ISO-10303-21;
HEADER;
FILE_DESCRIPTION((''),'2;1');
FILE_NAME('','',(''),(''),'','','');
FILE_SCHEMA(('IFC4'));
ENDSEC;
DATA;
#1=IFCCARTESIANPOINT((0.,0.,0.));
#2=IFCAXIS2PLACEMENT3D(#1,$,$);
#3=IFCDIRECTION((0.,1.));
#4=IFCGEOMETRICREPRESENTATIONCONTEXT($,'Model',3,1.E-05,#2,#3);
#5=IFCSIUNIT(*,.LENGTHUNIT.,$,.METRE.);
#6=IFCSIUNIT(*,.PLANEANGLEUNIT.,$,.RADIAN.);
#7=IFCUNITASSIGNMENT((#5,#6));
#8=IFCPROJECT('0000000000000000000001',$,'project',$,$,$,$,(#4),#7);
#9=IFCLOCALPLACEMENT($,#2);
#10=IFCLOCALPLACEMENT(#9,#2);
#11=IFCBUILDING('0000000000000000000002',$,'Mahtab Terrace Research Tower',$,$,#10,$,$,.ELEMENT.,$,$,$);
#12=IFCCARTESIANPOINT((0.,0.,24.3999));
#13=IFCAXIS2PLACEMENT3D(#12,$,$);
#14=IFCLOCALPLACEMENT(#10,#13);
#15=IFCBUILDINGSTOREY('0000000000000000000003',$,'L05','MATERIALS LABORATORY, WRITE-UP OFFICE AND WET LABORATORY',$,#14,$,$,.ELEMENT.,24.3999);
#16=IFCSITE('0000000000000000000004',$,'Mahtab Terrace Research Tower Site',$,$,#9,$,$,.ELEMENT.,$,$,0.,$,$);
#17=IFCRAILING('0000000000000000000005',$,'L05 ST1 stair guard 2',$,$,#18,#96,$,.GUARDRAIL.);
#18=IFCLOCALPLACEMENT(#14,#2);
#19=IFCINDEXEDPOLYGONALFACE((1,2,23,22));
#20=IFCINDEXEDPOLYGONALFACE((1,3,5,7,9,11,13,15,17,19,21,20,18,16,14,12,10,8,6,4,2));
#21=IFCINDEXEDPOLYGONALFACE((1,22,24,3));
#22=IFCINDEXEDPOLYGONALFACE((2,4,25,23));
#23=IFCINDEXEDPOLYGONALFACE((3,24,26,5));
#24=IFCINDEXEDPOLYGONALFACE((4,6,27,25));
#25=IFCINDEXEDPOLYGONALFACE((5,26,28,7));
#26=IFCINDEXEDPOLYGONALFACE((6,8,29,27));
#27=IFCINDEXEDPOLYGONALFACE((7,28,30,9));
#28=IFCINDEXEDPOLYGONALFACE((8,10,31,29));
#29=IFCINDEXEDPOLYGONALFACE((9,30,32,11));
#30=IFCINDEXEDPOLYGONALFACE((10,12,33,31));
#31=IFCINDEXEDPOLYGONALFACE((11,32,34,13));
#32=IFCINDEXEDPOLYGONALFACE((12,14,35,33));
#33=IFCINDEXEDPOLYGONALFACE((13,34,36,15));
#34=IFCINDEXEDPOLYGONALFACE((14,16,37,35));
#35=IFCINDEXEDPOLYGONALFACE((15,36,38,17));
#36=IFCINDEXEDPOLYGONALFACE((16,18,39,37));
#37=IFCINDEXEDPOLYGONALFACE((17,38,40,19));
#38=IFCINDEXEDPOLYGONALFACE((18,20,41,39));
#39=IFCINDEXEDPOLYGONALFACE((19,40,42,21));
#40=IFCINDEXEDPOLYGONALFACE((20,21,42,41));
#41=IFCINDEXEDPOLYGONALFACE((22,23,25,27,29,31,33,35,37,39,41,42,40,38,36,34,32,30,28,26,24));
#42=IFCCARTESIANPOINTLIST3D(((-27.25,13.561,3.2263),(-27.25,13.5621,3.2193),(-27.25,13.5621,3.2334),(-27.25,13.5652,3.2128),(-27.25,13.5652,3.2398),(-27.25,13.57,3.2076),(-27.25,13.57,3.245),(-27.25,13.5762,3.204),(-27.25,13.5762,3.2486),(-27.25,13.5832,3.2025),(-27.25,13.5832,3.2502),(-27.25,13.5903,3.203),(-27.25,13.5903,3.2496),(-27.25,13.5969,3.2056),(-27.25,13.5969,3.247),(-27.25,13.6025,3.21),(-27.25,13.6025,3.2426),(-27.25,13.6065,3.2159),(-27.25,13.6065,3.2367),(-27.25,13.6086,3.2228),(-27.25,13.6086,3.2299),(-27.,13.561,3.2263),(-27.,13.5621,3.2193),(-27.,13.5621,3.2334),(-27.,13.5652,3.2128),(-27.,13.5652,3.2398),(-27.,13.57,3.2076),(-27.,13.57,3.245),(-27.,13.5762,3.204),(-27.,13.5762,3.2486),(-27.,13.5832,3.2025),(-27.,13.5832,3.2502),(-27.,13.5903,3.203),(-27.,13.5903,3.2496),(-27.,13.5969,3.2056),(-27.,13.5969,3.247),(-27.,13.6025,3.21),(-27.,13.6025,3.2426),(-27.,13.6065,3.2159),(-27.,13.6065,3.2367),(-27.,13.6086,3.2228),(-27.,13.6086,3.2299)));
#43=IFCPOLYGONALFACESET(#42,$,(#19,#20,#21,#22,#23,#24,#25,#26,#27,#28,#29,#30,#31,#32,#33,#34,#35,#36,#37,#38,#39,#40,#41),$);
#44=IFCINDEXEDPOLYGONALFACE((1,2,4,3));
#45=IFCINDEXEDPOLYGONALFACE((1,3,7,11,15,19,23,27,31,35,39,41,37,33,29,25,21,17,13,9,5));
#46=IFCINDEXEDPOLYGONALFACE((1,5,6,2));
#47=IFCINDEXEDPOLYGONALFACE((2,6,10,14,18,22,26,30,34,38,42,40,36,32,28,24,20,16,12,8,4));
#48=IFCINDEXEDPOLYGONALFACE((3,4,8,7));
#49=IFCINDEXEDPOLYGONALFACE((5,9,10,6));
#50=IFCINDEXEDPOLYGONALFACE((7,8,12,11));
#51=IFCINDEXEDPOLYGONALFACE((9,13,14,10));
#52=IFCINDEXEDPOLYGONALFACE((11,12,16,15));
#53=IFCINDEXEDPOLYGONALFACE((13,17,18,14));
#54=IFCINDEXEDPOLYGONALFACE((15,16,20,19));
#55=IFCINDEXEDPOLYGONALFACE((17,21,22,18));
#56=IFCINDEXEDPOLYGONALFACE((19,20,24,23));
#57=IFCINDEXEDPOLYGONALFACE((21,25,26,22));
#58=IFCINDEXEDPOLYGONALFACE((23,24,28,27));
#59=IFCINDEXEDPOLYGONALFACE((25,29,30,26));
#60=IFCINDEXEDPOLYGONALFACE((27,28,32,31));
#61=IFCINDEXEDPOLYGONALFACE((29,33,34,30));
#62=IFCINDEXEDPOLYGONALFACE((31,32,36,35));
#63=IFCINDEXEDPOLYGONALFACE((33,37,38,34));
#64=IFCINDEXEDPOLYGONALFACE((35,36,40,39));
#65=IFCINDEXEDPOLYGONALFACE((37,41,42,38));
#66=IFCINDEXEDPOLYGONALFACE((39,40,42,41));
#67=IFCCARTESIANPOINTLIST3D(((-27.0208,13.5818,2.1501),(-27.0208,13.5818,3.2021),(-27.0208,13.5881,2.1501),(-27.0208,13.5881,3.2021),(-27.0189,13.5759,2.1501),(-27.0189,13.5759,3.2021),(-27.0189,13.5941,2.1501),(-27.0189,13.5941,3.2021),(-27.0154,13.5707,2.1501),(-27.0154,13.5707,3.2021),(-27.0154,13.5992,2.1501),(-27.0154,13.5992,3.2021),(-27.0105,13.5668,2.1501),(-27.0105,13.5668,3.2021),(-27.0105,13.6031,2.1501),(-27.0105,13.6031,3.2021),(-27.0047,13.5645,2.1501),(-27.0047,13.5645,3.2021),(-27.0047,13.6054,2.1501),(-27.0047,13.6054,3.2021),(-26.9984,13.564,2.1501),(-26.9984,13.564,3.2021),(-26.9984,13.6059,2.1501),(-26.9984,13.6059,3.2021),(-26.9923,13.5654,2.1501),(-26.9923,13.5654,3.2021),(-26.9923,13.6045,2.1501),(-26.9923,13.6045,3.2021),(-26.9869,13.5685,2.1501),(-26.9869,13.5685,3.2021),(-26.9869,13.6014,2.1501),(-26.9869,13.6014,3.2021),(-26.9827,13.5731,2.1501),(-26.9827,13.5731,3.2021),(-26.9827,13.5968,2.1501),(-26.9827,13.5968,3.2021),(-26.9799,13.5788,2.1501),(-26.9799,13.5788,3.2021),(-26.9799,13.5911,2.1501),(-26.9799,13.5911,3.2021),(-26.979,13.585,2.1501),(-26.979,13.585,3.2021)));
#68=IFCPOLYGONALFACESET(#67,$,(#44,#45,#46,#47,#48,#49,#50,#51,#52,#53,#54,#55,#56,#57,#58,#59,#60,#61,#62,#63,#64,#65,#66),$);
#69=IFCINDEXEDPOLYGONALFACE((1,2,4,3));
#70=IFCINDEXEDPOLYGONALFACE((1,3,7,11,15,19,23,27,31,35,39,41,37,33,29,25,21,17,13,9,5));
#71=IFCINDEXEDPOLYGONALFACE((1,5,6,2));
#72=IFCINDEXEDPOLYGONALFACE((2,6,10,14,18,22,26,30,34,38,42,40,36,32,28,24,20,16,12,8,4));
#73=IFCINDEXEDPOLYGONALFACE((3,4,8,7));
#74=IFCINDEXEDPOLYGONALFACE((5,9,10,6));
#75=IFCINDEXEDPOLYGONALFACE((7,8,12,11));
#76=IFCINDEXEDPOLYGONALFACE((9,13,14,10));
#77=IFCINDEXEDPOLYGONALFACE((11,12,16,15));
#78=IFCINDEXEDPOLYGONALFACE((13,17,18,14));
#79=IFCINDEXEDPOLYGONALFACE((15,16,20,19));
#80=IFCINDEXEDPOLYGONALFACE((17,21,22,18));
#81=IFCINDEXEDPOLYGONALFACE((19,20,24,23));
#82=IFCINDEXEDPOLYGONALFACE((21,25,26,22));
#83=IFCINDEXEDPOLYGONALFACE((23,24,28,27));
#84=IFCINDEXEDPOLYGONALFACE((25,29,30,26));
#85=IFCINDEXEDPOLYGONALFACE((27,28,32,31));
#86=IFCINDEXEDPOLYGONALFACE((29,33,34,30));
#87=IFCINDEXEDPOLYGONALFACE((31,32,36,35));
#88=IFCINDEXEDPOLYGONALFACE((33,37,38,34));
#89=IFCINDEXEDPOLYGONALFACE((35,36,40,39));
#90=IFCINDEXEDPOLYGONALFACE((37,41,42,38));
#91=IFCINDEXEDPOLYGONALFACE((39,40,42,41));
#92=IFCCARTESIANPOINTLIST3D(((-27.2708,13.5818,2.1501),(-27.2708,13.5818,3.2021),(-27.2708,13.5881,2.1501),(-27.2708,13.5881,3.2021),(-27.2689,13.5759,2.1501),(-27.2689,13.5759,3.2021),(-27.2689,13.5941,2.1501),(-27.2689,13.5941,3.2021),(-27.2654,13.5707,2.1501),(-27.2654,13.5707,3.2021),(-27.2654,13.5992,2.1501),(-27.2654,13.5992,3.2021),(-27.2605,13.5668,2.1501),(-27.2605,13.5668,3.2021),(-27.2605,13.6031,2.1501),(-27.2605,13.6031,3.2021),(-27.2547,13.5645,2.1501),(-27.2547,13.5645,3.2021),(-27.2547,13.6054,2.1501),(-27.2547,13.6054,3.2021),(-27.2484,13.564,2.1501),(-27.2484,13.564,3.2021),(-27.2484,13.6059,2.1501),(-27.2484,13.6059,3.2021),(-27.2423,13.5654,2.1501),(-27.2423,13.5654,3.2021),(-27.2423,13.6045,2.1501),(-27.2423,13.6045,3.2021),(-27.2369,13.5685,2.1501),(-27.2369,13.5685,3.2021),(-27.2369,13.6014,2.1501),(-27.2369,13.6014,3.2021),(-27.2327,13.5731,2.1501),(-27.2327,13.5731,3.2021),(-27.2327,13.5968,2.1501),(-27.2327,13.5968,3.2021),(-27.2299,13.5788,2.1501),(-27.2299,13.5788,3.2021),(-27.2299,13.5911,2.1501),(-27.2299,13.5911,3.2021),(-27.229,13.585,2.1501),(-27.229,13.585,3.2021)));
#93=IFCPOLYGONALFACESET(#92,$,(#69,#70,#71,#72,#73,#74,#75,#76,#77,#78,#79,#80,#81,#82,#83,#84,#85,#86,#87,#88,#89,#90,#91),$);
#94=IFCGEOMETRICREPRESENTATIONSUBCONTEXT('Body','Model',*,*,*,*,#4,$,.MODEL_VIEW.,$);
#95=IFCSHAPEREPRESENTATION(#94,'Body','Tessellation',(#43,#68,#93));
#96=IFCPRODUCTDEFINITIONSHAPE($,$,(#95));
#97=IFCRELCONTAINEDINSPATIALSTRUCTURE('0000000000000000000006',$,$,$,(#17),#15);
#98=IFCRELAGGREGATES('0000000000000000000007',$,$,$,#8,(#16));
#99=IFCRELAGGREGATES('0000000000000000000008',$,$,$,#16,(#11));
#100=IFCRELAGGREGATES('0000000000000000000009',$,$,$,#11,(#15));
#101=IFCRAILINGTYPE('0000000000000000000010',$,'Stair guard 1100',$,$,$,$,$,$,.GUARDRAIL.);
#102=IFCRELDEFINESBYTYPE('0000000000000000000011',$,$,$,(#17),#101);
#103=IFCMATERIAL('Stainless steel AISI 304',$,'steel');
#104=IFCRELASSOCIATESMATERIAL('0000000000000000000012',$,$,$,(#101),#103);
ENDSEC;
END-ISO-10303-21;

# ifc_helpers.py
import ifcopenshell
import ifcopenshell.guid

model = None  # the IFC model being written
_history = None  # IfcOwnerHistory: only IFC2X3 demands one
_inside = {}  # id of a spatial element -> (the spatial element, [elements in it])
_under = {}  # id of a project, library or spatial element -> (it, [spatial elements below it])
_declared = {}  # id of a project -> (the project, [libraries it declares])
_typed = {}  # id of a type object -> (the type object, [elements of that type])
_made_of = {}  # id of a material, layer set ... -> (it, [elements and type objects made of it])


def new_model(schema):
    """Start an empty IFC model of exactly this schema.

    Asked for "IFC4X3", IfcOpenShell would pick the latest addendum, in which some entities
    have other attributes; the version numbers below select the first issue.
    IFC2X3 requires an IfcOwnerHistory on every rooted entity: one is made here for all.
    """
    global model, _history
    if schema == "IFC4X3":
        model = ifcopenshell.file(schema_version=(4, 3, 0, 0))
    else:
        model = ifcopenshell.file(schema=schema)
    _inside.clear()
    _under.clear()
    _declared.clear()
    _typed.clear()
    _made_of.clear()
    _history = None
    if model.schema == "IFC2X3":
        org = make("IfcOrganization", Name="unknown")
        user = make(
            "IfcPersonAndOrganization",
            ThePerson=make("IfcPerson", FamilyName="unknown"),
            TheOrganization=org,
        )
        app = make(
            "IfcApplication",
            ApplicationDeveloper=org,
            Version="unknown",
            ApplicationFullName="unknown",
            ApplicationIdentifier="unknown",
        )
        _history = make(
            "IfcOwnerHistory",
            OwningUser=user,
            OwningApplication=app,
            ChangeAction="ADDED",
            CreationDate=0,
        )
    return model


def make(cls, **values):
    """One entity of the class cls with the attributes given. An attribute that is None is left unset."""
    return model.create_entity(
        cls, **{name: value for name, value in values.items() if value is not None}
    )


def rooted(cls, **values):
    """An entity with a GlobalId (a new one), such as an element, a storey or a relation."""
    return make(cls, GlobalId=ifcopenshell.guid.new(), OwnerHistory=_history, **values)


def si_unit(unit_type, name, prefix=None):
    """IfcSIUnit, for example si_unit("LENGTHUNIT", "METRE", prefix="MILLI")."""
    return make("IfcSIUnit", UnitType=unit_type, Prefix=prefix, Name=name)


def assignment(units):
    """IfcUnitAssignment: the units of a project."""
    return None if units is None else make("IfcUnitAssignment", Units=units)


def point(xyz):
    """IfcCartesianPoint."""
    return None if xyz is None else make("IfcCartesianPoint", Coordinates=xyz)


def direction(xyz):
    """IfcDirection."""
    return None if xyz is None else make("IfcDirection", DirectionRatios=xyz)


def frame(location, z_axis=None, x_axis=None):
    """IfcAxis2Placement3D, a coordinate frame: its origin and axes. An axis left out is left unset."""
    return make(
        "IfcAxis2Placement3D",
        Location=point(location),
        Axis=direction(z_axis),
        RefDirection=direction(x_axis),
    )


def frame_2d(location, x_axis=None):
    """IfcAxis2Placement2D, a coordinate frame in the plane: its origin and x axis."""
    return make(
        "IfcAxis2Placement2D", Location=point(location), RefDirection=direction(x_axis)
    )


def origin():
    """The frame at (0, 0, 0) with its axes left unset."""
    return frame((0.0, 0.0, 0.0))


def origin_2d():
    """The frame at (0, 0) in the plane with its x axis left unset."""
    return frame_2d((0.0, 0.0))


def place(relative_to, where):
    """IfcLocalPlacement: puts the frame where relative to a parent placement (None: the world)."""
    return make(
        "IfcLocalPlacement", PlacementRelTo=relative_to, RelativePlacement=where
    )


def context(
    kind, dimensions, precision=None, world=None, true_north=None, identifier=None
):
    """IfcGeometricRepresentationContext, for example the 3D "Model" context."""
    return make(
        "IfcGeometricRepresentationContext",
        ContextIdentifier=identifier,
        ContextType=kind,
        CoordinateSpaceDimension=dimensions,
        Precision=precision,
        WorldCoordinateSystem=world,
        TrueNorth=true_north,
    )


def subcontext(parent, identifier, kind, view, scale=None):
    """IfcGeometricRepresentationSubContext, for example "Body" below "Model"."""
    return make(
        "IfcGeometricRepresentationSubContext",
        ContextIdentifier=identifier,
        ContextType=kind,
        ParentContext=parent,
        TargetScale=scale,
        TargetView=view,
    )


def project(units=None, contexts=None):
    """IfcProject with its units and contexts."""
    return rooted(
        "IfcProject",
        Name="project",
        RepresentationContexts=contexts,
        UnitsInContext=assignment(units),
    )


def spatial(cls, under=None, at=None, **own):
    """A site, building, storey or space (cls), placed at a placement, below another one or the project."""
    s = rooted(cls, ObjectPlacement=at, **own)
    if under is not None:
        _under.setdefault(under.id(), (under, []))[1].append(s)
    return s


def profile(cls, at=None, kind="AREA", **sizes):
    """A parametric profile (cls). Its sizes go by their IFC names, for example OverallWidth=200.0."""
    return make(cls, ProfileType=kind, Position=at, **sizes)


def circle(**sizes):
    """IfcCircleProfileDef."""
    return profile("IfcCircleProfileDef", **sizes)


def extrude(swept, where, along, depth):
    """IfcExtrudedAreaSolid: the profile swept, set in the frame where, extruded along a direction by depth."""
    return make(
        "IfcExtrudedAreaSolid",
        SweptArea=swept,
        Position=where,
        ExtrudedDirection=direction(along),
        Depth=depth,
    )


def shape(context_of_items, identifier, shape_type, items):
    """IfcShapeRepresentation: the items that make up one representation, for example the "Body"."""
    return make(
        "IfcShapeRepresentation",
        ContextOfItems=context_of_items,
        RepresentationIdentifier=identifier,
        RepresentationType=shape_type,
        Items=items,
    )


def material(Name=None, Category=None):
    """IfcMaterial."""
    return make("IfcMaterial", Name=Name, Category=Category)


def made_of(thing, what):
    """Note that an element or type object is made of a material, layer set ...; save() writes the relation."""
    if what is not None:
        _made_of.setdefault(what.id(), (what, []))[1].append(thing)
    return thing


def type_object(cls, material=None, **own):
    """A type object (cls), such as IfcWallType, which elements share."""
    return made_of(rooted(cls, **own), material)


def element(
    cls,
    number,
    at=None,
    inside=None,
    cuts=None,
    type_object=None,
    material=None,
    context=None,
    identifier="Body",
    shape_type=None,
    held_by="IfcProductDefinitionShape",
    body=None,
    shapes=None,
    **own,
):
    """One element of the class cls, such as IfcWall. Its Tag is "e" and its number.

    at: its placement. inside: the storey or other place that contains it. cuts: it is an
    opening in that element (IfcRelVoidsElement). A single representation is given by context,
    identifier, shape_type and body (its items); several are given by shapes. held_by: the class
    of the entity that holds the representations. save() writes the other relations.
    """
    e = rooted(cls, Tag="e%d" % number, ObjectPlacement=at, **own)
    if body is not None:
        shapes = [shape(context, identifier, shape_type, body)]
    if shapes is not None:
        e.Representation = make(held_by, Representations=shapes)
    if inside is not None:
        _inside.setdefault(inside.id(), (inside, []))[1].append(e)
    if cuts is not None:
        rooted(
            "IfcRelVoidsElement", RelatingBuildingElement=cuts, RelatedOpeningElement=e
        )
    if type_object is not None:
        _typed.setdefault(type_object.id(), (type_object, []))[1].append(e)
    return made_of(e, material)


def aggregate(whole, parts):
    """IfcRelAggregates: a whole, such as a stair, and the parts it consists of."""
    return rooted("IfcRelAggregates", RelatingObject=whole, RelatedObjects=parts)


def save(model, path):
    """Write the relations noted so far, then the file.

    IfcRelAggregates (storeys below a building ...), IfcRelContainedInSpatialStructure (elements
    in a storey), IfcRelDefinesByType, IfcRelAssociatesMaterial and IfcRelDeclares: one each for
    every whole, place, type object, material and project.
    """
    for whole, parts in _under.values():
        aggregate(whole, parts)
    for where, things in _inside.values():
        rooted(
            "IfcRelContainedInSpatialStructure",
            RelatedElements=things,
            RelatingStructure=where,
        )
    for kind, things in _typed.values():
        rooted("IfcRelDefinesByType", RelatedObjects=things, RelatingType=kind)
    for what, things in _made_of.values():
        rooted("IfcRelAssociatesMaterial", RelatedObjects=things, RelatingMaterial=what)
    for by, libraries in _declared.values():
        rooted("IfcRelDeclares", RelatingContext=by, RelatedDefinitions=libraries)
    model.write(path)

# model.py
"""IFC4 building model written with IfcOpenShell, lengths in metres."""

from ifc_helpers import new_model, si_unit, direction, frame, origin, origin_2d, place, context, subcontext, project, spatial, circle, extrude, material, type_object, element, save


model = new_model("IFC4")

# Units and contexts
model_context = context("Model", 3, precision=1e-05, world=origin(), true_north=direction((0.0, 1.0)))
body_context = subcontext(model_context, "Body", "Model", "MODEL_VIEW")
ifc_project = project(units=[si_unit("LENGTHUNIT", "METRE"), si_unit("PLANEANGLEUNIT", "RADIAN")], contexts=[model_context])

# Site, building, storey
site_placement = place(None, origin())
site = spatial("IfcSite", under=ifc_project, at=site_placement, Name="Mahtab Terrace Research Tower Site", CompositionType="ELEMENT", RefElevation=0.0)
building_placement = place(site_placement, origin())
building = spatial("IfcBuilding", under=site, at=building_placement, Name="Mahtab Terrace Research Tower", CompositionType="ELEMENT")
storey_placement = place(building_placement, frame((0.0, 0.0, 24.3999)))
storey = spatial("IfcBuildingStorey", under=building, at=storey_placement, Name="L05", Description="MATERIALS LABORATORY, WRITE-UP OFFICE AND WET LABORATORY", CompositionType="ELEMENT", Elevation=24.3999)

# Shared definitions
ifc_material_1 = material(Name="Stainless steel AISI 304", Category="steel")

# Railing
railing_type_1 = type_object("IfcRailingType", Name="Stair guard 1100", PredefinedType="GUARDRAIL", material=ifc_material_1)
railing_1_placement = place(storey_placement, frame((-27.0, 13.585, 2.1501)))
element("IfcRailing", 1, at=railing_1_placement, inside=storey, type_object=railing_type_1, Name="L05 ST1 stair guard 2", PredefinedType="GUARDRAIL", context=body_context, shape_type="SweptSolid", body=[
    extrude(circle(Radius=0.0239, at=origin_2d()), frame((0.0, 0.0, 1.0762), z_axis=(-1.0, 0.0, 0.0), x_axis=(0.0, -1.0, 0.0)), (0.0, 0.0, 1.0), 0.25),
    extrude(circle(Radius=0.021, at=origin_2d()), origin(), (0.0, 0.0, 1.0), 1.052),
    extrude(circle(Radius=0.021, at=origin_2d()), frame((-0.25, 0.0, 0.0)), (0.0, 0.0, 1.0), 1.052),
])

save(model, "model.ifc")
